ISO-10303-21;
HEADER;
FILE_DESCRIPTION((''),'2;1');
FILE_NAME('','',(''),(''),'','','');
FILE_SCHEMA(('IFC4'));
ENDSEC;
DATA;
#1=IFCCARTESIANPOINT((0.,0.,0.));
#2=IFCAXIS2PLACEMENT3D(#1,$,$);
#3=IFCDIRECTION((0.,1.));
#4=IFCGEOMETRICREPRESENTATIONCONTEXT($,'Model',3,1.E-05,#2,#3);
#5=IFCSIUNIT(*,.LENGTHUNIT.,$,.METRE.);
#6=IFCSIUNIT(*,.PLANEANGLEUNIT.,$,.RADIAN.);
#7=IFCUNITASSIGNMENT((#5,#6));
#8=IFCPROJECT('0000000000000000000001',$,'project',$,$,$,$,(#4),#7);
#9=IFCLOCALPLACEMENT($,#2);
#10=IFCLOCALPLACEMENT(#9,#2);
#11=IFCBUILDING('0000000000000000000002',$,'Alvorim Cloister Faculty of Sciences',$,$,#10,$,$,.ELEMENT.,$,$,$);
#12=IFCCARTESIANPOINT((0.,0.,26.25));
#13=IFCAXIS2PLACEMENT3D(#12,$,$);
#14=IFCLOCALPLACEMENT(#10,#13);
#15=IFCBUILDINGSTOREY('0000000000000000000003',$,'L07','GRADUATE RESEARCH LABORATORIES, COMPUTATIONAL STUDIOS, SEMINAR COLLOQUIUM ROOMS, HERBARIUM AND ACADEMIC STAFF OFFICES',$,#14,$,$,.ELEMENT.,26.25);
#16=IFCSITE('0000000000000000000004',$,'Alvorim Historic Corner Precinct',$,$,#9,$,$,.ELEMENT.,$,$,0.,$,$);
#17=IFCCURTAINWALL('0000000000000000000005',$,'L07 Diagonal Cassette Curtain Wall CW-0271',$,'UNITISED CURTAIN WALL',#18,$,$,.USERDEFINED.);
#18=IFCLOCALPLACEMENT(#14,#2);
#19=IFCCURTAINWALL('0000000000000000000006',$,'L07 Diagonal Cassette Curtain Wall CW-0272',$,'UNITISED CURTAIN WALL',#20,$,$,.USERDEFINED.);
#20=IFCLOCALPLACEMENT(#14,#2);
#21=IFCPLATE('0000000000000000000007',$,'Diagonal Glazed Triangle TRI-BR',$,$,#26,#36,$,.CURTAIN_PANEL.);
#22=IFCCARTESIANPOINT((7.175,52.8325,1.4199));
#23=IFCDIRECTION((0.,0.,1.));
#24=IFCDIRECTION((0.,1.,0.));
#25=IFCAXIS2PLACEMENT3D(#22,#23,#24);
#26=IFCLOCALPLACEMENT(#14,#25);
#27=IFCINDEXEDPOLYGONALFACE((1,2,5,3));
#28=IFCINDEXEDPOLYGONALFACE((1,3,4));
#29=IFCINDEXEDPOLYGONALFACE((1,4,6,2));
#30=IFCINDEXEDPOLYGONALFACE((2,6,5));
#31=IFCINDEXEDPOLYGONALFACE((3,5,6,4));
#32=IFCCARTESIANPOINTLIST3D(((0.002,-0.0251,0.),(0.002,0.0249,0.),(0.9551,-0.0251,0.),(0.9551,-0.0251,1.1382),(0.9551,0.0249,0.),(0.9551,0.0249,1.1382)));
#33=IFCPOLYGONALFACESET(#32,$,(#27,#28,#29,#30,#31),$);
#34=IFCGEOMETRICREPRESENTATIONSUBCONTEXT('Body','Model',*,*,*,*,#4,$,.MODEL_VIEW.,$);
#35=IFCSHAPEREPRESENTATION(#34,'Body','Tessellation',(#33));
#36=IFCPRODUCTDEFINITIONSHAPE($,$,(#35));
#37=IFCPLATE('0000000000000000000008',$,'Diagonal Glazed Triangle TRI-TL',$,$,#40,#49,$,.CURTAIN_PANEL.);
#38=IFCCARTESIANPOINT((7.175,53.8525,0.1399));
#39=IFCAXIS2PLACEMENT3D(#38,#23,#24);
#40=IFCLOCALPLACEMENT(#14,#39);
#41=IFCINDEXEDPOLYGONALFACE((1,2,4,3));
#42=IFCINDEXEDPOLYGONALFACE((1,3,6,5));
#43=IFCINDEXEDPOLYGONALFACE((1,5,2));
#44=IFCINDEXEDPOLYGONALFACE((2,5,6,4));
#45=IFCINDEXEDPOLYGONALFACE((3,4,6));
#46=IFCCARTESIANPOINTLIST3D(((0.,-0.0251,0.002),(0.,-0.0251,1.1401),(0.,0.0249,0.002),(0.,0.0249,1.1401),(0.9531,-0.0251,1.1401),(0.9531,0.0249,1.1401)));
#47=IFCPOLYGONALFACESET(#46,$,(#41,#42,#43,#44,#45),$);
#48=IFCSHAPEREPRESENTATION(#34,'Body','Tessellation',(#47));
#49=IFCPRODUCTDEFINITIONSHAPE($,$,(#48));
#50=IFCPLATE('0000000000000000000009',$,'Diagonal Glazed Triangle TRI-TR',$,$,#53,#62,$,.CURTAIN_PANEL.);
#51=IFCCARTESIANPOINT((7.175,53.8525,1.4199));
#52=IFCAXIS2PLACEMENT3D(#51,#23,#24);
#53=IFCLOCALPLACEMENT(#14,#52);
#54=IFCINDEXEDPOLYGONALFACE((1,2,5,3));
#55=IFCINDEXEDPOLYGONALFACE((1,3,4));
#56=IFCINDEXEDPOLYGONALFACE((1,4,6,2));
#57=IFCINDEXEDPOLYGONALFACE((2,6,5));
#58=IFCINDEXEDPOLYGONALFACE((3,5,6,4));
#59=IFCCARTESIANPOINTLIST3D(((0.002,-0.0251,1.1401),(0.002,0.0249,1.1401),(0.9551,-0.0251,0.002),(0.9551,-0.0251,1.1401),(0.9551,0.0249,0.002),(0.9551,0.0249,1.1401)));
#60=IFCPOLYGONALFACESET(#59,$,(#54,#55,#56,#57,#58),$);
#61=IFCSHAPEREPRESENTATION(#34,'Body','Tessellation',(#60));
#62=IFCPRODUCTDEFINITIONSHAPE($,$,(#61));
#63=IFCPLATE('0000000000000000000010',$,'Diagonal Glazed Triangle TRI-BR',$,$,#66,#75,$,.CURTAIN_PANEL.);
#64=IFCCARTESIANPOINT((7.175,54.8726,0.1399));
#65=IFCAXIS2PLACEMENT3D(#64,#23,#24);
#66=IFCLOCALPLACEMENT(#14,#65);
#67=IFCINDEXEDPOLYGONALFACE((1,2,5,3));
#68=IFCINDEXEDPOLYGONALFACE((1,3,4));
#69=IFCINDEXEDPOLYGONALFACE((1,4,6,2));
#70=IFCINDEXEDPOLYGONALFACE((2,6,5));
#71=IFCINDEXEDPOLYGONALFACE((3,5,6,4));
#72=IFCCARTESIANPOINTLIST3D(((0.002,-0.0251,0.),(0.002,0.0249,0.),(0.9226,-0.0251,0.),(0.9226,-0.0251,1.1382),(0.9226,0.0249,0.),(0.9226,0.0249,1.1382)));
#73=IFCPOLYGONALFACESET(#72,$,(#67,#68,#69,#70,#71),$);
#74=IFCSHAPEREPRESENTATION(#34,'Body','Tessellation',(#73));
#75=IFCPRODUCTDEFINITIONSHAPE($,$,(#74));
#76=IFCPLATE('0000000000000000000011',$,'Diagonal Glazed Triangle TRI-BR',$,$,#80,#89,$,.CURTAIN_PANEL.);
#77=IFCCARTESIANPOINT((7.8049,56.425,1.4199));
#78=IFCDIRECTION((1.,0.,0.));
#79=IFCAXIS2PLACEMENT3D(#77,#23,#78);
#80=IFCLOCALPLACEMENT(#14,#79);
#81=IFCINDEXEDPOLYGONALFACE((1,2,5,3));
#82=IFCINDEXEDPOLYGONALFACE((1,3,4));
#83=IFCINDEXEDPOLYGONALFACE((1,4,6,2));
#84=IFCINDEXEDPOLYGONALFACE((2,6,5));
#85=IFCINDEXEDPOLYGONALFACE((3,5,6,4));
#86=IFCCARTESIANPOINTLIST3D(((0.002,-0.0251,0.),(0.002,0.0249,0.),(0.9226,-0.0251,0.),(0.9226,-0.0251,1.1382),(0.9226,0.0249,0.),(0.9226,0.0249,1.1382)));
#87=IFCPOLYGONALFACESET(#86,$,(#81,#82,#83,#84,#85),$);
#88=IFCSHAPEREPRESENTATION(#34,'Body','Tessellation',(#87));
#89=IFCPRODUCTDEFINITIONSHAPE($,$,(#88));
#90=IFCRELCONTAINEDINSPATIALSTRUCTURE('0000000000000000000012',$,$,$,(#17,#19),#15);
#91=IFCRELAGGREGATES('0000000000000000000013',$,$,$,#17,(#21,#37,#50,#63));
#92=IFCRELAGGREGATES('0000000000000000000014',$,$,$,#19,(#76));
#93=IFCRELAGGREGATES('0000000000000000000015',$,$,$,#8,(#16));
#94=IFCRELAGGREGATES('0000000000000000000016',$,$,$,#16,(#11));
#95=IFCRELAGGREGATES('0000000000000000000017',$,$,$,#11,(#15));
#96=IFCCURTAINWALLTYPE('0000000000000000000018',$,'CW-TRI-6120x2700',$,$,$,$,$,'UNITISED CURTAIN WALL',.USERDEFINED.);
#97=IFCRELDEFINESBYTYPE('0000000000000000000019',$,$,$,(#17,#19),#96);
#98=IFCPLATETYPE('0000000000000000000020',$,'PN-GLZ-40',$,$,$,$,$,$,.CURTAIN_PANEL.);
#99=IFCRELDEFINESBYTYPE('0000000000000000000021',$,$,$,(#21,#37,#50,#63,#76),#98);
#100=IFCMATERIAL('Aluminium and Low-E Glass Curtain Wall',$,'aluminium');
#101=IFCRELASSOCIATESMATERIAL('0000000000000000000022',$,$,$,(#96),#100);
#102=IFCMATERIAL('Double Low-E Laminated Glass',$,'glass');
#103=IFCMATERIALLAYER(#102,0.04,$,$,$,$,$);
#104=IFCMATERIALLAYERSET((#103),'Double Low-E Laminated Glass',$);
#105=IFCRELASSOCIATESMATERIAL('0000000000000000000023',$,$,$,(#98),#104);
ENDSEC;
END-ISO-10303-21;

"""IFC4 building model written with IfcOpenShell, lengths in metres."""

from ifc_helpers import new_model, si_unit, direction, frame, origin, place, context, subcontext, project, spatial, polyline, outline, extrude, material, layer, layer_set, type_object, element, aggregate, save


model = new_model("IFC4")

# Units and contexts
model_context = context("Model", 3, precision=1e-05, world=origin(), true_north=direction((0.0, 1.0)))
body_context = subcontext(model_context, "Body", "Model", "MODEL_VIEW")
ifc_project = project(units=[si_unit("LENGTHUNIT", "METRE"), si_unit("PLANEANGLEUNIT", "RADIAN")], contexts=[model_context])

# Site, building, storey
site_placement = place(None, origin())
site = spatial("IfcSite", under=ifc_project, at=site_placement, Name="Alvorim Historic Corner Precinct", CompositionType="ELEMENT", RefElevation=0.0)
building_placement = place(site_placement, origin())
building = spatial("IfcBuilding", under=site, at=building_placement, Name="Alvorim Cloister Faculty of Sciences", CompositionType="ELEMENT")
storey_placement = place(building_placement, frame((0.0, 0.0, 26.25)))
storey = spatial("IfcBuildingStorey", under=building, at=storey_placement, Name="L07", Description="GRADUATE RESEARCH LABORATORIES, COMPUTATIONAL STUDIOS, SEMINAR COLLOQUIUM ROOMS, HERBARIUM AND ACADEMIC STAFF OFFICES", CompositionType="ELEMENT", Elevation=26.25)

# Curtain walls
ifc_material_1 = material(Name="Aluminium and Low-E Glass Curtain Wall", Category="aluminium")
curtain_wall_type = type_object("IfcCurtainWallType", Name="CW-TRI-6120x2700", ElementType="UNITISED CURTAIN WALL", PredefinedType="USERDEFINED", material=ifc_material_1)
curtain_wall_1_placement = place(storey_placement, origin())
curtain_wall_1 = element("IfcCurtainWall", 1, at=curtain_wall_1_placement, inside=storey, type_object=curtain_wall_type, Name="L07 Diagonal Cassette Curtain Wall CW-0271", ObjectType="UNITISED CURTAIN WALL", PredefinedType="USERDEFINED")
curtain_wall_2_placement = place(storey_placement, origin())
curtain_wall_2 = element("IfcCurtainWall", 2, at=curtain_wall_2_placement, inside=storey, type_object=curtain_wall_type, Name="L07 Diagonal Cassette Curtain Wall CW-0272", ObjectType="UNITISED CURTAIN WALL", PredefinedType="USERDEFINED")

# Plates
ifc_material_2 = material(Name="Double Low-E Laminated Glass", Category="glass")
ifc_layer_1 = layer(ifc_material_2, 0.04)
ifc_layer_set_1 = layer_set([ifc_layer_1], Name="Double Low-E Laminated Glass")
plate_type = type_object("IfcPlateType", Name="PN-GLZ-40", PredefinedType="CURTAIN_PANEL", material=ifc_layer_set_1)
plate_1_placement = place(storey_placement, frame((7.175, 52.8325, 1.4199), z_axis=(0.0, 0.0, 1.0), x_axis=(0.0, 1.0, 0.0)))
plate_1 = element("IfcPlate", 3, at=plate_1_placement, type_object=plate_type, Name="Diagonal Glazed Triangle TRI-BR", PredefinedType="CURTAIN_PANEL", context=body_context, shape_type="SweptSolid", body=[
    extrude(outline(polyline([(0.002, 0.0), (0.9551, 0.0), (0.9551, 1.1382), (0.002, 0.0)])), frame((0.0, 0.0249, 0.0), z_axis=(0.0, -1.0, 0.0), x_axis=(1.0, 0.0, 0.0)), (0.0, 0.0, 1.0), 0.05),
])
plate_2_placement = place(storey_placement, frame((7.175, 53.8525, 0.1399), z_axis=(0.0, 0.0, 1.0), x_axis=(0.0, 1.0, 0.0)))
plate_2 = element("IfcPlate", 4, at=plate_2_placement, type_object=plate_type, Name="Diagonal Glazed Triangle TRI-TL", PredefinedType="CURTAIN_PANEL", context=body_context, shape_type="SweptSolid", body=[
    extrude(outline(polyline([(0.9531, 1.1401), (0.0, 1.1401), (0.0, 0.002), (0.9531, 1.1401)])), frame((0.0, 0.0249, 0.0), z_axis=(0.0, -1.0, 0.0), x_axis=(1.0, 0.0, 0.0)), (0.0, 0.0, 1.0), 0.05),
])
plate_3_placement = place(storey_placement, frame((7.175, 53.8525, 1.4199), z_axis=(0.0, 0.0, 1.0), x_axis=(0.0, 1.0, 0.0)))
plate_3 = element("IfcPlate", 5, at=plate_3_placement, type_object=plate_type, Name="Diagonal Glazed Triangle TRI-TR", PredefinedType="CURTAIN_PANEL", context=body_context, shape_type="SweptSolid", body=[
    extrude(outline(polyline([(0.9551, 0.002), (0.9551, 1.1401), (0.002, 1.1401), (0.9551, 0.002)])), frame((0.0, 0.0249, 0.0), z_axis=(0.0, -1.0, 0.0), x_axis=(1.0, 0.0, 0.0)), (0.0, 0.0, 1.0), 0.05),
])
plate_4_placement = place(storey_placement, frame((7.175, 54.8726, 0.1399), z_axis=(0.0, 0.0, 1.0), x_axis=(0.0, 1.0, 0.0)))
plate_4 = element("IfcPlate", 6, at=plate_4_placement, type_object=plate_type, Name="Diagonal Glazed Triangle TRI-BR", PredefinedType="CURTAIN_PANEL", context=body_context, shape_type="SweptSolid", body=[
    extrude(outline(polyline([(0.002, 0.0), (0.9226, 0.0), (0.9226, 1.1382), (0.002, 0.0)])), frame((0.0, 0.0249, 0.0), z_axis=(0.0, -1.0, 0.0), x_axis=(1.0, 0.0, 0.0)), (0.0, 0.0, 1.0), 0.05),
])
aggregate(curtain_wall_1, [plate_1, plate_2, plate_3, plate_4])
plate_5_placement = place(storey_placement, frame((7.8049, 56.425, 1.4199), z_axis=(0.0, 0.0, 1.0), x_axis=(1.0, 0.0, 0.0)))
plate_5 = element("IfcPlate", 7, at=plate_5_placement, type_object=plate_type, Name="Diagonal Glazed Triangle TRI-BR", PredefinedType="CURTAIN_PANEL", context=body_context, shape_type="SweptSolid", body=[
    extrude(outline(polyline([(0.002, 0.0), (0.9226, 0.0), (0.9226, 1.1382), (0.002, 0.0)])), frame((0.0, 0.0249, 0.0), z_axis=(0.0, -1.0, 0.0), x_axis=(1.0, 0.0, 0.0)), (0.0, 0.0, 1.0), 0.05),
])
aggregate(curtain_wall_2, [plate_5])

save(model, "model.ifc")
